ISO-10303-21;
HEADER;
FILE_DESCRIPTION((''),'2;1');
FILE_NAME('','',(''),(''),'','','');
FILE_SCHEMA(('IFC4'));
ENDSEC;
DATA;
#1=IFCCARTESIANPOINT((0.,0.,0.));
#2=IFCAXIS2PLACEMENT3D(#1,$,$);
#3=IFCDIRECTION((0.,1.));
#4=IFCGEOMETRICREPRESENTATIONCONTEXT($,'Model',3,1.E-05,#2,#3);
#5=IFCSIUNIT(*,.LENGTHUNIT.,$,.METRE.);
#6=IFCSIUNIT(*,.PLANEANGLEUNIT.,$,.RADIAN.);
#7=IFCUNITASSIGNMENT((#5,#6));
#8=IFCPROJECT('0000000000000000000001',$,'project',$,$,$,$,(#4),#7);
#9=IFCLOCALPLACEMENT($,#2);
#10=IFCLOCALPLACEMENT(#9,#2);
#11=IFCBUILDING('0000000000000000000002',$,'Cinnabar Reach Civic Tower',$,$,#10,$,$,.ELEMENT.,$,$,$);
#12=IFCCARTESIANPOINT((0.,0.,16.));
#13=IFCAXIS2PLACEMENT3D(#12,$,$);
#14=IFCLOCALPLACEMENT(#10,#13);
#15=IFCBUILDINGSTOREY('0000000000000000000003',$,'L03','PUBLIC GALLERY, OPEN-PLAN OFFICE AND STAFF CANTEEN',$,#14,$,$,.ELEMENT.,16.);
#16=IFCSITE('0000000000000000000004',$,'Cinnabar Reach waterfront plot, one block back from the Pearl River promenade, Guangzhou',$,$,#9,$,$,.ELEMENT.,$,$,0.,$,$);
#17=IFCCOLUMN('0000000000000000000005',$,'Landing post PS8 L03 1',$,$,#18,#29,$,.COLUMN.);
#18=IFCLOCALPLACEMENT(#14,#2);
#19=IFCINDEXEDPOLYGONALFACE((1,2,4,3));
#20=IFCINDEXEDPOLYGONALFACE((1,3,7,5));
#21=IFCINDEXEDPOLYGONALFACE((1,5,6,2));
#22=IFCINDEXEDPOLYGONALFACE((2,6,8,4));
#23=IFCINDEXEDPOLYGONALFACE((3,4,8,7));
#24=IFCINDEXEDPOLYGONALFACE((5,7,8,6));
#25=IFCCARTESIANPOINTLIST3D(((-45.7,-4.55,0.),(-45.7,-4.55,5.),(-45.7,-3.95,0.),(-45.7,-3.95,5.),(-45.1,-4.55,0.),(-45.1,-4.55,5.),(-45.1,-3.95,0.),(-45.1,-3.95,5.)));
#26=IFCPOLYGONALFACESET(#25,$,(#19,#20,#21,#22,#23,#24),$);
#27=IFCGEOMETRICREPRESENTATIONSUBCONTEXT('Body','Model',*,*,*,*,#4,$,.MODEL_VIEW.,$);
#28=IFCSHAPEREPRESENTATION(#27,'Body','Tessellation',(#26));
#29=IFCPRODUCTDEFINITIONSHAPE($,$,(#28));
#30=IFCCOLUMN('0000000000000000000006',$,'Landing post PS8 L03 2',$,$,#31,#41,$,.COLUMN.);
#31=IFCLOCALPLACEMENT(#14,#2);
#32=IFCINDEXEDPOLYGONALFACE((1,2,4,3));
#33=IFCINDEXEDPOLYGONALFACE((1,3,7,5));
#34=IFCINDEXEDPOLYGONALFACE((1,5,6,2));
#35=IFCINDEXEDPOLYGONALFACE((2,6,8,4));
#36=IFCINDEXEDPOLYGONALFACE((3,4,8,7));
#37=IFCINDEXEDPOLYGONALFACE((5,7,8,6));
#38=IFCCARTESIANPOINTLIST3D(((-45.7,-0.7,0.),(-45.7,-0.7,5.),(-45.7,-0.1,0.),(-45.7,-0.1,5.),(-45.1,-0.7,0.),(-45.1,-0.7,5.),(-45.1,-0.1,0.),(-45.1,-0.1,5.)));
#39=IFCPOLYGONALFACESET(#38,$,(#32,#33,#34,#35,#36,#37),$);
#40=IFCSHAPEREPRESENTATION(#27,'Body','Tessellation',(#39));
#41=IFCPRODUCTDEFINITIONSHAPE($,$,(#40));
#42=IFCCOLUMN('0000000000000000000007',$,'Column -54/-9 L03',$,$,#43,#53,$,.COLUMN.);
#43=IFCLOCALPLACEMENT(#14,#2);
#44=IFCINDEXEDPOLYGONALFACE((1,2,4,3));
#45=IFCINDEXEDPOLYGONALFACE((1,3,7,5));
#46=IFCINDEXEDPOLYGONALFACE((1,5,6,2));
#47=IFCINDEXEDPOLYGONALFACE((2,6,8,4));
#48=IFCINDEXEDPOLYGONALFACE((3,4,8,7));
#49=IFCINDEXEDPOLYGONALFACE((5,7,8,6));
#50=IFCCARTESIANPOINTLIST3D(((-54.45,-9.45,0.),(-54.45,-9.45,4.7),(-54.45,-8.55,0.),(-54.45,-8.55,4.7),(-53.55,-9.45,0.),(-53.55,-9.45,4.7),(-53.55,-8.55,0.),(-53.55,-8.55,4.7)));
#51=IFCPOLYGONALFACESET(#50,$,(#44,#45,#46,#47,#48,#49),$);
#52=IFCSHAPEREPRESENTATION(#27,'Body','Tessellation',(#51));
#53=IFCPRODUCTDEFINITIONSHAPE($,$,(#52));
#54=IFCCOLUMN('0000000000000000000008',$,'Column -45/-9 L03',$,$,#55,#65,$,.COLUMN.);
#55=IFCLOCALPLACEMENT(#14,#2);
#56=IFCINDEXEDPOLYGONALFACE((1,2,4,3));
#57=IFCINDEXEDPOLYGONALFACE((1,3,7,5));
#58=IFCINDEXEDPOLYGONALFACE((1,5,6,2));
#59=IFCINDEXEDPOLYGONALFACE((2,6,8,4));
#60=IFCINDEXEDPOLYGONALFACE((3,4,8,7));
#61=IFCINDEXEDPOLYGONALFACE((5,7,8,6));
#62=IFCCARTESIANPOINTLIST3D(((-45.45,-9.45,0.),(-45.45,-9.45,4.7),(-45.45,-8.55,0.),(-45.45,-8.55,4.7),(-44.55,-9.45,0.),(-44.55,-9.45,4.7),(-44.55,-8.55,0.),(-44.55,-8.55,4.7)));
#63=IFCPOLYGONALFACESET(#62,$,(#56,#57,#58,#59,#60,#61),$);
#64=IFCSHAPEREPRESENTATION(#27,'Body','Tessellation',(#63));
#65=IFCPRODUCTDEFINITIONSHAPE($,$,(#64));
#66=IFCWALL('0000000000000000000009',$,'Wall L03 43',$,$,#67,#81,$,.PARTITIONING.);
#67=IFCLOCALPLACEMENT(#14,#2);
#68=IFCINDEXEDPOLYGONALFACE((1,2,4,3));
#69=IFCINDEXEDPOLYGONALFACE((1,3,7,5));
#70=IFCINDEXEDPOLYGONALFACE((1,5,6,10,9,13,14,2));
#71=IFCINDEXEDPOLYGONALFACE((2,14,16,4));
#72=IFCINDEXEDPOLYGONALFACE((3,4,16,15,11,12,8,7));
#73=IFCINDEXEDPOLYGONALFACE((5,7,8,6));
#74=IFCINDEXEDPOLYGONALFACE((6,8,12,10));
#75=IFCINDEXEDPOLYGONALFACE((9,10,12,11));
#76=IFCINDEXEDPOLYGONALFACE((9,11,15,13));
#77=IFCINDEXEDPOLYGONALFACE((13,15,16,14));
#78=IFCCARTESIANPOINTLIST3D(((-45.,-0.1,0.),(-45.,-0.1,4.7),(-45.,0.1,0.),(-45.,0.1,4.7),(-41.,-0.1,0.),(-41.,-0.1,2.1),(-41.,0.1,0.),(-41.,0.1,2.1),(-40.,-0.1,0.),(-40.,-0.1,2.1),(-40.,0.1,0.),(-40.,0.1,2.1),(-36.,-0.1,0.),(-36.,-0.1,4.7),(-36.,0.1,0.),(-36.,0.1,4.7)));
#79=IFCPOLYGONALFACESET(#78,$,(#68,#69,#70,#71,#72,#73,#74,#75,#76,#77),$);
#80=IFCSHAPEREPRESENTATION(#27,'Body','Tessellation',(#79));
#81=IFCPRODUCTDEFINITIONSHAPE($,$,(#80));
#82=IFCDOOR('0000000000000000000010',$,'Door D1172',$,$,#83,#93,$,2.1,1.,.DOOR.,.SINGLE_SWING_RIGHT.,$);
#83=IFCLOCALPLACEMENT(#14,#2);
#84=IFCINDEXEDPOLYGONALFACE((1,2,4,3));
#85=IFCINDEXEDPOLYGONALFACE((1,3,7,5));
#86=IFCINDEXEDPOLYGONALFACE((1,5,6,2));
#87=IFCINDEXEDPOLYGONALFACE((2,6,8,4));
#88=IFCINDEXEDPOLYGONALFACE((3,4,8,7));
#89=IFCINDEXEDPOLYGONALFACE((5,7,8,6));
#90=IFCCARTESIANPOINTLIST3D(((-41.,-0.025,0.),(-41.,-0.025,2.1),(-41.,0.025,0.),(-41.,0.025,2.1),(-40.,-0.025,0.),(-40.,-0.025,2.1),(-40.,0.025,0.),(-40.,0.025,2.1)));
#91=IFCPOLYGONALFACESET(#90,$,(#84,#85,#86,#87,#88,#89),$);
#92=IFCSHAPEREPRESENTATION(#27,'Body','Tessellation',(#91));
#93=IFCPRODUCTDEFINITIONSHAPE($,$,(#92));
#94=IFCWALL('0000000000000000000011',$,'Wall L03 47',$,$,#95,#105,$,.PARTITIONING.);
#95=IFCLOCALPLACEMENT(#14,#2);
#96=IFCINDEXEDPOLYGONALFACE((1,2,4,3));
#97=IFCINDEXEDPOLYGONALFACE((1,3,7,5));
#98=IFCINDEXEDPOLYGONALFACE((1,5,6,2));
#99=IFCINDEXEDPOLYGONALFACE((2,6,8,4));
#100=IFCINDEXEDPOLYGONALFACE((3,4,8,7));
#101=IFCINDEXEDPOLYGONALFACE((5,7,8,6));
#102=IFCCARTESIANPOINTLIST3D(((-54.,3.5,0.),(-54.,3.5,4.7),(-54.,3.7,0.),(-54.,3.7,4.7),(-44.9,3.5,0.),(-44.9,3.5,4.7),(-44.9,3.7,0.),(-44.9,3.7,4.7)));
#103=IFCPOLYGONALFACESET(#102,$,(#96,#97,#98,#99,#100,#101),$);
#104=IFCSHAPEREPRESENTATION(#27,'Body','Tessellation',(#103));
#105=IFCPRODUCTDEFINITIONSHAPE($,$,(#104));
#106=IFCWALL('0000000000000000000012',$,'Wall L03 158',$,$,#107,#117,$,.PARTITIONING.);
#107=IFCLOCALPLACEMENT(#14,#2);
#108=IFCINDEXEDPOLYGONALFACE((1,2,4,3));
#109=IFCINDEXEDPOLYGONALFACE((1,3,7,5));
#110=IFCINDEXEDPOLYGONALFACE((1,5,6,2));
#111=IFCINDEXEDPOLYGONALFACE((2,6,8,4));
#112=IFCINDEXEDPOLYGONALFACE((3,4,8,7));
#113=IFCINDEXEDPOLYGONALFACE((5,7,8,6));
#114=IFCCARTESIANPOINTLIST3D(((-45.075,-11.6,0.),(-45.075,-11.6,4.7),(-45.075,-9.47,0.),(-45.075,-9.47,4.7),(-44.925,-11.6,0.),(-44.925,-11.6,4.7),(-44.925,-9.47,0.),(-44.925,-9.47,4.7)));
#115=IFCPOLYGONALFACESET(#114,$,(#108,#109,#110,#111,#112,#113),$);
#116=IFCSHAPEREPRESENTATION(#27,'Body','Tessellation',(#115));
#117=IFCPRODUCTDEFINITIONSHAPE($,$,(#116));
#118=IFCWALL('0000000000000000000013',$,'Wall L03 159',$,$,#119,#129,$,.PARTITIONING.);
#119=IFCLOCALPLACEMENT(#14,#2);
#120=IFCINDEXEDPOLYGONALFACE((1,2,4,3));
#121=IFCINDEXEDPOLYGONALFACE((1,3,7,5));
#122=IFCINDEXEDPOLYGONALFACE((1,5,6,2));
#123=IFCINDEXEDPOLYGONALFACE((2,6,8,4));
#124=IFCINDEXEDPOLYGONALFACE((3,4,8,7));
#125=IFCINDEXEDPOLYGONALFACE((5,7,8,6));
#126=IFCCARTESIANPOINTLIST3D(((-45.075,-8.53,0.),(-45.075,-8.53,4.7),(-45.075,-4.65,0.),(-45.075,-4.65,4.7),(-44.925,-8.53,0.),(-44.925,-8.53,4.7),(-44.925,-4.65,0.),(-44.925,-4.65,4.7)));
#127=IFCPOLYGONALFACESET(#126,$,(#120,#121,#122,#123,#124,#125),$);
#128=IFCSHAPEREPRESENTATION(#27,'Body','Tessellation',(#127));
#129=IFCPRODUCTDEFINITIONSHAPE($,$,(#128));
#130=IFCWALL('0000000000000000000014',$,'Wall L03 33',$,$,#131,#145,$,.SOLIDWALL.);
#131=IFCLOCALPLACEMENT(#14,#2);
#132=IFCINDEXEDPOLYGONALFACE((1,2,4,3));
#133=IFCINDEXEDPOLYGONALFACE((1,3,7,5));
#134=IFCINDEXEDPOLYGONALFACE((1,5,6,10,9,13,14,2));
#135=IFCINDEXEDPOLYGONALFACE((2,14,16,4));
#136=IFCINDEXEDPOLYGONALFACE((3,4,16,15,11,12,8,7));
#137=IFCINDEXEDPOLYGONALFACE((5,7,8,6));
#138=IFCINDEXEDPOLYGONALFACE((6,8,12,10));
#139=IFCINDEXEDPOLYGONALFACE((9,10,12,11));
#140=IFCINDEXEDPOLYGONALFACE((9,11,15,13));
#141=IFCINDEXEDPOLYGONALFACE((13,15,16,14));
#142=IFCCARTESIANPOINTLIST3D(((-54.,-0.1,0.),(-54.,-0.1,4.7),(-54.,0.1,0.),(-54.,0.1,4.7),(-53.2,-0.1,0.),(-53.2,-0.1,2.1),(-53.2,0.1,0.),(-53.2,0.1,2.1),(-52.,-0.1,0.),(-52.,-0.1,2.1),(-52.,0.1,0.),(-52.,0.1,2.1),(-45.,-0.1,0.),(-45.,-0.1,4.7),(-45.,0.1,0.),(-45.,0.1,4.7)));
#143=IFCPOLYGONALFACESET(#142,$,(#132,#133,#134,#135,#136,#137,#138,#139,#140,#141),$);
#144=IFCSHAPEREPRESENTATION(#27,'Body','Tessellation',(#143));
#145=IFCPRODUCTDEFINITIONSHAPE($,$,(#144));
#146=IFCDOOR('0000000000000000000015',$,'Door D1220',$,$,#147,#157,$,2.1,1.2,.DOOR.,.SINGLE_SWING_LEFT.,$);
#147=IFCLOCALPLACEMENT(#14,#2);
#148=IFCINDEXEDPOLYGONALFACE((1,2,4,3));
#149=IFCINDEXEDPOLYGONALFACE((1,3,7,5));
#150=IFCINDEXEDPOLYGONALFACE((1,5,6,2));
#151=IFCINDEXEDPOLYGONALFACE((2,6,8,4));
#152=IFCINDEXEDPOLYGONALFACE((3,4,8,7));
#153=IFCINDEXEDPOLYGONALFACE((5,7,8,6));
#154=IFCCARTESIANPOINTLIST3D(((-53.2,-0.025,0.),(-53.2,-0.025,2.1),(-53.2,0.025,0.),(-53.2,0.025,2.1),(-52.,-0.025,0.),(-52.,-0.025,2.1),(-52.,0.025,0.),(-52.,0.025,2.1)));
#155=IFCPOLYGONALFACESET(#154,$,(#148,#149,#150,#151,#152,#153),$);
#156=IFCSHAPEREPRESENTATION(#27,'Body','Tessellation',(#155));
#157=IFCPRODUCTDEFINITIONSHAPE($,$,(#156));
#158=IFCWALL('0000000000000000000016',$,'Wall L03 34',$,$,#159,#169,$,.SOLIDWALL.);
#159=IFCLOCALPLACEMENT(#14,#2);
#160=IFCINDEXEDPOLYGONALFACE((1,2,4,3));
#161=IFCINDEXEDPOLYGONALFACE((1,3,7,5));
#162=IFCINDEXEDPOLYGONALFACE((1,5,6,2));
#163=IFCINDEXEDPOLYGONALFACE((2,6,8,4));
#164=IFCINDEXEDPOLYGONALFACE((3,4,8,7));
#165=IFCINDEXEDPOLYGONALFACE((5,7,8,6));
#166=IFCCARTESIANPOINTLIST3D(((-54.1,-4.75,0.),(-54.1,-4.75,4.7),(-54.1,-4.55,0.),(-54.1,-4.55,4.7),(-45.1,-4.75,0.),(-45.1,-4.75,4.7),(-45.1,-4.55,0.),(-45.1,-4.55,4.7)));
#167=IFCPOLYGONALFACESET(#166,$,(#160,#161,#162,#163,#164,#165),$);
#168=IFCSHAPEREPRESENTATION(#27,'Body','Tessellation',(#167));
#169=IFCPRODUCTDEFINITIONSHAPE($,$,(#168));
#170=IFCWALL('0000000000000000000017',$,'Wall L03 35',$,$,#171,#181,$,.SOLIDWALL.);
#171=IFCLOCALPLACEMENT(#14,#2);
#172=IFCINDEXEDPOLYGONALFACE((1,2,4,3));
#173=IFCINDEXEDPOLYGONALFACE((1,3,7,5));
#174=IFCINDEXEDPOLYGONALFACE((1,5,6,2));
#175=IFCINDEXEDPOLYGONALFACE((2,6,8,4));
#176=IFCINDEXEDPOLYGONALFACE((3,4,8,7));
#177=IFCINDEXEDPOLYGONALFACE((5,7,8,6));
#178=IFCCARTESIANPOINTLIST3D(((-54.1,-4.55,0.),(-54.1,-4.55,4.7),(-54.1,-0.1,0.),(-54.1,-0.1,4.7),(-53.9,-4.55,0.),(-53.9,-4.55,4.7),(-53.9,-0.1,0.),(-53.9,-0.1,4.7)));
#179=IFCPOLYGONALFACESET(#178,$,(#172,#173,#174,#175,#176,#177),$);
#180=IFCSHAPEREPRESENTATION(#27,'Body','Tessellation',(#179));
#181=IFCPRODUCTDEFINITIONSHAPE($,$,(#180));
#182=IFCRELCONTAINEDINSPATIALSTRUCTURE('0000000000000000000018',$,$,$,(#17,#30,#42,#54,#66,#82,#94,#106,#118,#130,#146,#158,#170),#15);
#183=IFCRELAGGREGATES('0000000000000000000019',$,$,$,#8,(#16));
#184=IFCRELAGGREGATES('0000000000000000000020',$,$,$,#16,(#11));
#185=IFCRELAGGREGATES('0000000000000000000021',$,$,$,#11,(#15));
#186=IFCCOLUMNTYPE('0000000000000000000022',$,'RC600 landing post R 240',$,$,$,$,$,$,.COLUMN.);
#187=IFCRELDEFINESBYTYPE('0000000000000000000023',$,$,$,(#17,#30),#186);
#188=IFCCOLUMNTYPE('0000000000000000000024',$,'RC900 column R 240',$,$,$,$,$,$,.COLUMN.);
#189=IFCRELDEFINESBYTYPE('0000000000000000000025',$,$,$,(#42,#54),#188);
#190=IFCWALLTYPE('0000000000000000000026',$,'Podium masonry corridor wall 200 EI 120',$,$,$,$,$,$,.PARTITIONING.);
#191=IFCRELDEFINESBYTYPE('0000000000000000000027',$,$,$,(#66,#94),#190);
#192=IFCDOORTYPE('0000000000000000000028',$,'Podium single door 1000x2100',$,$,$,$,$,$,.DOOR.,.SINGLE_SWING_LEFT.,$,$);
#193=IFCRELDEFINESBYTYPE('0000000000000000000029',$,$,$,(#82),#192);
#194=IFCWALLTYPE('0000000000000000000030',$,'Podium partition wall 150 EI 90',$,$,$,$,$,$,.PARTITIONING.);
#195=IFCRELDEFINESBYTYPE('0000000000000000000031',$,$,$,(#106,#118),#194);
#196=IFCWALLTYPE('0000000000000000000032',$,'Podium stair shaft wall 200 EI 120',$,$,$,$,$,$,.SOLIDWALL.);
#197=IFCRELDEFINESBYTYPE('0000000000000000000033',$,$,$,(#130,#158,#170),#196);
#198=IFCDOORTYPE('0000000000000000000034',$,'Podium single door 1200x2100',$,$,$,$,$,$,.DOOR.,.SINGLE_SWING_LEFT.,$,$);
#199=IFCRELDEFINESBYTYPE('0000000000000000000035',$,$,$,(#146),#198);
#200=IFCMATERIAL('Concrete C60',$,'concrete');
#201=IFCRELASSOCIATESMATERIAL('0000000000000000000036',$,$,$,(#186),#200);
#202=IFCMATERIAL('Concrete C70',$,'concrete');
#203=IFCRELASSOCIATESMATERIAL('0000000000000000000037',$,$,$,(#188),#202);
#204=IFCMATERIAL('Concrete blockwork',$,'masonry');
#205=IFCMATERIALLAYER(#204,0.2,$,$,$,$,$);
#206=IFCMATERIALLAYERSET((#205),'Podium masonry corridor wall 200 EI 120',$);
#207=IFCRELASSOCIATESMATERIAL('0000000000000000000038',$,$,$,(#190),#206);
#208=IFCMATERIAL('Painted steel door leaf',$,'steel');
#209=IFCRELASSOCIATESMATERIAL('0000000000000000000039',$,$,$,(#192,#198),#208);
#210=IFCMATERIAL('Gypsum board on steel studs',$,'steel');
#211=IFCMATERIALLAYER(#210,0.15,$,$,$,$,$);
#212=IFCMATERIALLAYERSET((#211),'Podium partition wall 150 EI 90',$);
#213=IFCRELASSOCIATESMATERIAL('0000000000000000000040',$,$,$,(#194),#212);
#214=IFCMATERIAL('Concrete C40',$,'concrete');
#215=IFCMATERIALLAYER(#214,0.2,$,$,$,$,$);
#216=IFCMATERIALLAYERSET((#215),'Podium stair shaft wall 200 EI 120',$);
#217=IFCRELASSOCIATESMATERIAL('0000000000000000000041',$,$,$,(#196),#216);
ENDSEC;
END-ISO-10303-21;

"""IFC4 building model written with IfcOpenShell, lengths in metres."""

from ifc_helpers import new_model, si_unit, direction, frame, frame_2d, origin, origin_2d, place, context, subcontext, project, spatial, rectangle, extrude, material, layer, layer_set, material_profile, profile_set, type_object, element, fill, save


model = new_model("IFC4")

# Units and contexts
model_context = context("Model", 3, precision=1e-05, world=origin(), true_north=direction((0.0, 1.0)))
body_context = subcontext(model_context, "Body", "Model", "MODEL_VIEW")
ifc_project = project(units=[si_unit("LENGTHUNIT", "METRE"), si_unit("PLANEANGLEUNIT", "RADIAN")], contexts=[model_context])

# Site, building, storey
site_placement = place(None, origin())
site = spatial("IfcSite", under=ifc_project, at=site_placement, Name="Cinnabar Reach waterfront plot, one block back from the Pearl River promenade, Guangzhou", CompositionType="ELEMENT", RefElevation=0.0)
building_placement = place(site_placement, origin())
building = spatial("IfcBuilding", under=site, at=building_placement, Name="Cinnabar Reach Civic Tower", CompositionType="ELEMENT")
storey_placement = place(building_placement, frame((0.0, 0.0, 16.0)))
storey = spatial("IfcBuildingStorey", under=building, at=storey_placement, Name="L03", Description="PUBLIC GALLERY, OPEN-PLAN OFFICE AND STAFF CANTEEN", CompositionType="ELEMENT", Elevation=16.0)

# Columns
ifc_material_1 = material(Name="Concrete C60", Category="concrete")
ifc_material_profile_1 = material_profile(ifc_material_1, rectangle(XDim=0.6, YDim=0.6, at=origin_2d()), Name="RC600")
ifc_profile_set_1 = profile_set([ifc_material_profile_1], Name="Concrete C60")
column_type_1 = type_object("IfcColumnType", Name="RC600 landing post R 240", PredefinedType="COLUMN", material=ifc_profile_set_1)
for number, where, z_axis, x_axis, name in (
    (1, (-45.4, -4.25, 0.0), (0.0, 0.0, 1.0), (1.0, 0.0, 0.0), "Landing post PS8 L03 1"),
    (2, (-45.4, -0.4, 0.0), (0.0, 0.0, 1.0), (1.0, 0.0, 0.0), "Landing post PS8 L03 2"),
):
    element("IfcColumn", number, at=place(storey_placement, frame(where, z_axis=z_axis, x_axis=x_axis)), inside=storey, type_object=column_type_1, Name=name, PredefinedType="COLUMN", context=body_context, shape_type="SweptSolid", body=[
        extrude(rectangle(XDim=0.6, YDim=0.6, at=origin_2d()), origin(), (0.0, 0.0, 1.0), 5.0),
    ])
ifc_material_2 = material(Name="Concrete C70", Category="concrete")
ifc_material_profile_2 = material_profile(ifc_material_2, rectangle(XDim=0.9, YDim=0.9, at=origin_2d()), Name="RC900")
ifc_profile_set_2 = profile_set([ifc_material_profile_2], Name="Concrete C70")
column_type_2 = type_object("IfcColumnType", Name="RC900 column R 240", PredefinedType="COLUMN", material=ifc_profile_set_2)
for number, where, z_axis, x_axis, name in (
    (3, (-54.0, -9.0, 0.0), (0.0, 0.0, 1.0), (1.0, 0.0, 0.0), "Column -54/-9 L03"),
    (4, (-45.0, -9.0, 0.0), (0.0, 0.0, 1.0), (1.0, 0.0, 0.0), "Column -45/-9 L03"),
):
    element("IfcColumn", number, at=place(storey_placement, frame(where, z_axis=z_axis, x_axis=x_axis)), inside=storey, type_object=column_type_2, Name=name, PredefinedType="COLUMN", context=body_context, shape_type="SweptSolid", body=[
        extrude(rectangle(XDim=0.9, YDim=0.9, at=origin_2d()), origin(), (0.0, 0.0, 1.0), 4.7),
    ])

# Wall, opening, door
ifc_material_3 = material(Name="Concrete blockwork", Category="masonry")
ifc_layer_1 = layer(ifc_material_3, 0.2)
ifc_layer_set_1 = layer_set([ifc_layer_1], Name="Podium masonry corridor wall 200 EI 120")
wall_type_1 = type_object("IfcWallType", Name="Podium masonry corridor wall 200 EI 120", PredefinedType="PARTITIONING", material=ifc_layer_set_1)
wall_1_placement = place(storey_placement, frame((-45.0, 0.0, 0.0), z_axis=(0.0, 0.0, 1.0), x_axis=(1.0, 0.0, 0.0)))
wall_1 = element("IfcWall", 5, at=wall_1_placement, inside=storey, type_object=wall_type_1, Name="Wall L03 43", PredefinedType="PARTITIONING", context=body_context, shape_type="SweptSolid", body=[
    extrude(rectangle(XDim=9.0, YDim=0.2, at=frame_2d((4.5, 0.0))), origin(), (0.0, 0.0, 1.0), 4.7),
])
opening_1_placement = place(wall_1_placement, frame((4.0, 0.0, 0.0)))
opening_1 = element("IfcOpeningElement", 6, at=opening_1_placement, cuts=wall_1, PredefinedType="OPENING", context=body_context, shape_type="SweptSolid", body=[
    extrude(rectangle(XDim=1.0, YDim=2.1, at=frame_2d((0.5, 1.05))), frame((0.0, 0.11, 0.0), z_axis=(0.0, -1.0, 0.0), x_axis=(1.0, 0.0, 0.0)), (0.0, 0.0, 1.0), 0.22),
])
ifc_material_4 = material(Name="Painted steel door leaf", Category="steel")
door_type_1 = type_object("IfcDoorType", Name="Podium single door 1000x2100", OperationType="SINGLE_SWING_LEFT", PredefinedType="DOOR", material=ifc_material_4)
door_1_placement = place(opening_1_placement, frame((1.0, 0.0, 0.0), z_axis=(0.0, 0.0, 1.0), x_axis=(-1.0, 0.0, 0.0)))
door_1 = element("IfcDoor", 7, at=door_1_placement, inside=storey, type_object=door_type_1, Name="Door D1172", OperationType="SINGLE_SWING_RIGHT", OverallHeight=2.1, OverallWidth=1.0, PredefinedType="DOOR", context=body_context, shape_type="SweptSolid", body=[
    extrude(rectangle(XDim=1.0, YDim=2.1, at=frame_2d((0.5, 1.05))), frame((0.0, 0.025, 0.0), z_axis=(0.0, -1.0, 0.0), x_axis=(1.0, 0.0, 0.0)), (0.0, 0.0, 1.0), 0.05),
])
fill(opening_1, door_1)

# Walls
wall_2_placement = place(storey_placement, frame((-54.0, 3.6, 0.0), z_axis=(0.0, 0.0, 1.0), x_axis=(1.0, 0.0, 0.0)))
element("IfcWall", 8, at=wall_2_placement, inside=storey, type_object=wall_type_1, Name="Wall L03 47", PredefinedType="PARTITIONING", context=body_context, shape_type="SweptSolid", body=[
    extrude(rectangle(XDim=9.1, YDim=0.2, at=frame_2d((4.55, 0.0))), origin(), (0.0, 0.0, 1.0), 4.7),
])
ifc_material_5 = material(Name="Gypsum board on steel studs", Category="steel")
ifc_layer_2 = layer(ifc_material_5, 0.15)
ifc_layer_set_2 = layer_set([ifc_layer_2], Name="Podium partition wall 150 EI 90")
wall_type_2 = type_object("IfcWallType", Name="Podium partition wall 150 EI 90", PredefinedType="PARTITIONING", material=ifc_layer_set_2)
wall_3_placement = place(storey_placement, frame((-45.0, -11.6, 0.0), z_axis=(0.0, 0.0, 1.0), x_axis=(0.0, 1.0, 0.0)))
element("IfcWall", 9, at=wall_3_placement, inside=storey, type_object=wall_type_2, Name="Wall L03 158", PredefinedType="PARTITIONING", context=body_context, shape_type="SweptSolid", body=[
    extrude(rectangle(XDim=2.13, YDim=0.15, at=frame_2d((1.065, 0.0))), origin(), (0.0, 0.0, 1.0), 4.7),
])
wall_4_placement = place(storey_placement, frame((-45.0, -8.53, 0.0), z_axis=(0.0, 0.0, 1.0), x_axis=(0.0, 1.0, 0.0)))
element("IfcWall", 10, at=wall_4_placement, inside=storey, type_object=wall_type_2, Name="Wall L03 159", PredefinedType="PARTITIONING", context=body_context, shape_type="SweptSolid", body=[
    extrude(rectangle(XDim=3.88, YDim=0.15, at=frame_2d((1.94, 0.0))), origin(), (0.0, 0.0, 1.0), 4.7),
])

# Wall, opening, door
ifc_material_6 = material(Name="Concrete C40", Category="concrete")
ifc_layer_3 = layer(ifc_material_6, 0.2)
ifc_layer_set_3 = layer_set([ifc_layer_3], Name="Podium stair shaft wall 200 EI 120")
wall_type_3 = type_object("IfcWallType", Name="Podium stair shaft wall 200 EI 120", PredefinedType="SOLIDWALL", material=ifc_layer_set_3)
wall_5_placement = place(storey_placement, frame((-54.0, 0.0, 0.0), z_axis=(0.0, 0.0, 1.0), x_axis=(1.0, 0.0, 0.0)))
wall_5 = element("IfcWall", 11, at=wall_5_placement, inside=storey, type_object=wall_type_3, Name="Wall L03 33", PredefinedType="SOLIDWALL", context=body_context, shape_type="SweptSolid", body=[
    extrude(rectangle(XDim=9.0, YDim=0.2, at=frame_2d((4.5, 0.0))), origin(), (0.0, 0.0, 1.0), 4.7),
])
opening_2_placement = place(wall_5_placement, frame((0.8, 0.0, 0.0)))
opening_2 = element("IfcOpeningElement", 12, at=opening_2_placement, cuts=wall_5, PredefinedType="OPENING", context=body_context, shape_type="SweptSolid", body=[
    extrude(rectangle(XDim=1.2, YDim=2.1, at=frame_2d((0.6, 1.05))), frame((0.0, 0.11, 0.0), z_axis=(0.0, -1.0, 0.0), x_axis=(1.0, 0.0, 0.0)), (0.0, 0.0, 1.0), 0.22),
])
door_type_2 = type_object("IfcDoorType", Name="Podium single door 1200x2100", OperationType="SINGLE_SWING_LEFT", PredefinedType="DOOR", material=ifc_material_4)
door_2_placement = place(opening_2_placement, frame((1.2, 0.0, 0.0), z_axis=(0.0, 0.0, 1.0), x_axis=(-1.0, 0.0, 0.0)))
door_2 = element("IfcDoor", 13, at=door_2_placement, inside=storey, type_object=door_type_2, Name="Door D1220", OperationType="SINGLE_SWING_LEFT", OverallHeight=2.1, OverallWidth=1.2, PredefinedType="DOOR", context=body_context, shape_type="SweptSolid", body=[
    extrude(rectangle(XDim=1.2, YDim=2.1, at=frame_2d((0.6, 1.05))), frame((0.0, 0.025, 0.0), z_axis=(0.0, -1.0, 0.0), x_axis=(1.0, 0.0, 0.0)), (0.0, 0.0, 1.0), 0.05),
])
fill(opening_2, door_2)

# Walls
wall_6_placement = place(storey_placement, frame((-54.1, -4.65, 0.0), z_axis=(0.0, 0.0, 1.0), x_axis=(1.0, 0.0, 0.0)))
element("IfcWall", 14, at=wall_6_placement, inside=storey, type_object=wall_type_3, Name="Wall L03 34", PredefinedType="SOLIDWALL", context=body_context, shape_type="SweptSolid", body=[
    extrude(rectangle(XDim=9.0, YDim=0.2, at=frame_2d((4.5, 0.0))), origin(), (0.0, 0.0, 1.0), 4.7),
])
wall_7_placement = place(storey_placement, frame((-54.0, -4.55, 0.0), z_axis=(0.0, 0.0, 1.0), x_axis=(0.0, 1.0, 0.0)))
element("IfcWall", 15, at=wall_7_placement, inside=storey, type_object=wall_type_3, Name="Wall L03 35", PredefinedType="SOLIDWALL", context=body_context, shape_type="SweptSolid", body=[
    extrude(rectangle(XDim=4.45, YDim=0.2, at=frame_2d((2.225, 0.0))), origin(), (0.0, 0.0, 1.0), 4.7),
])

save(model, "model.ifc")
